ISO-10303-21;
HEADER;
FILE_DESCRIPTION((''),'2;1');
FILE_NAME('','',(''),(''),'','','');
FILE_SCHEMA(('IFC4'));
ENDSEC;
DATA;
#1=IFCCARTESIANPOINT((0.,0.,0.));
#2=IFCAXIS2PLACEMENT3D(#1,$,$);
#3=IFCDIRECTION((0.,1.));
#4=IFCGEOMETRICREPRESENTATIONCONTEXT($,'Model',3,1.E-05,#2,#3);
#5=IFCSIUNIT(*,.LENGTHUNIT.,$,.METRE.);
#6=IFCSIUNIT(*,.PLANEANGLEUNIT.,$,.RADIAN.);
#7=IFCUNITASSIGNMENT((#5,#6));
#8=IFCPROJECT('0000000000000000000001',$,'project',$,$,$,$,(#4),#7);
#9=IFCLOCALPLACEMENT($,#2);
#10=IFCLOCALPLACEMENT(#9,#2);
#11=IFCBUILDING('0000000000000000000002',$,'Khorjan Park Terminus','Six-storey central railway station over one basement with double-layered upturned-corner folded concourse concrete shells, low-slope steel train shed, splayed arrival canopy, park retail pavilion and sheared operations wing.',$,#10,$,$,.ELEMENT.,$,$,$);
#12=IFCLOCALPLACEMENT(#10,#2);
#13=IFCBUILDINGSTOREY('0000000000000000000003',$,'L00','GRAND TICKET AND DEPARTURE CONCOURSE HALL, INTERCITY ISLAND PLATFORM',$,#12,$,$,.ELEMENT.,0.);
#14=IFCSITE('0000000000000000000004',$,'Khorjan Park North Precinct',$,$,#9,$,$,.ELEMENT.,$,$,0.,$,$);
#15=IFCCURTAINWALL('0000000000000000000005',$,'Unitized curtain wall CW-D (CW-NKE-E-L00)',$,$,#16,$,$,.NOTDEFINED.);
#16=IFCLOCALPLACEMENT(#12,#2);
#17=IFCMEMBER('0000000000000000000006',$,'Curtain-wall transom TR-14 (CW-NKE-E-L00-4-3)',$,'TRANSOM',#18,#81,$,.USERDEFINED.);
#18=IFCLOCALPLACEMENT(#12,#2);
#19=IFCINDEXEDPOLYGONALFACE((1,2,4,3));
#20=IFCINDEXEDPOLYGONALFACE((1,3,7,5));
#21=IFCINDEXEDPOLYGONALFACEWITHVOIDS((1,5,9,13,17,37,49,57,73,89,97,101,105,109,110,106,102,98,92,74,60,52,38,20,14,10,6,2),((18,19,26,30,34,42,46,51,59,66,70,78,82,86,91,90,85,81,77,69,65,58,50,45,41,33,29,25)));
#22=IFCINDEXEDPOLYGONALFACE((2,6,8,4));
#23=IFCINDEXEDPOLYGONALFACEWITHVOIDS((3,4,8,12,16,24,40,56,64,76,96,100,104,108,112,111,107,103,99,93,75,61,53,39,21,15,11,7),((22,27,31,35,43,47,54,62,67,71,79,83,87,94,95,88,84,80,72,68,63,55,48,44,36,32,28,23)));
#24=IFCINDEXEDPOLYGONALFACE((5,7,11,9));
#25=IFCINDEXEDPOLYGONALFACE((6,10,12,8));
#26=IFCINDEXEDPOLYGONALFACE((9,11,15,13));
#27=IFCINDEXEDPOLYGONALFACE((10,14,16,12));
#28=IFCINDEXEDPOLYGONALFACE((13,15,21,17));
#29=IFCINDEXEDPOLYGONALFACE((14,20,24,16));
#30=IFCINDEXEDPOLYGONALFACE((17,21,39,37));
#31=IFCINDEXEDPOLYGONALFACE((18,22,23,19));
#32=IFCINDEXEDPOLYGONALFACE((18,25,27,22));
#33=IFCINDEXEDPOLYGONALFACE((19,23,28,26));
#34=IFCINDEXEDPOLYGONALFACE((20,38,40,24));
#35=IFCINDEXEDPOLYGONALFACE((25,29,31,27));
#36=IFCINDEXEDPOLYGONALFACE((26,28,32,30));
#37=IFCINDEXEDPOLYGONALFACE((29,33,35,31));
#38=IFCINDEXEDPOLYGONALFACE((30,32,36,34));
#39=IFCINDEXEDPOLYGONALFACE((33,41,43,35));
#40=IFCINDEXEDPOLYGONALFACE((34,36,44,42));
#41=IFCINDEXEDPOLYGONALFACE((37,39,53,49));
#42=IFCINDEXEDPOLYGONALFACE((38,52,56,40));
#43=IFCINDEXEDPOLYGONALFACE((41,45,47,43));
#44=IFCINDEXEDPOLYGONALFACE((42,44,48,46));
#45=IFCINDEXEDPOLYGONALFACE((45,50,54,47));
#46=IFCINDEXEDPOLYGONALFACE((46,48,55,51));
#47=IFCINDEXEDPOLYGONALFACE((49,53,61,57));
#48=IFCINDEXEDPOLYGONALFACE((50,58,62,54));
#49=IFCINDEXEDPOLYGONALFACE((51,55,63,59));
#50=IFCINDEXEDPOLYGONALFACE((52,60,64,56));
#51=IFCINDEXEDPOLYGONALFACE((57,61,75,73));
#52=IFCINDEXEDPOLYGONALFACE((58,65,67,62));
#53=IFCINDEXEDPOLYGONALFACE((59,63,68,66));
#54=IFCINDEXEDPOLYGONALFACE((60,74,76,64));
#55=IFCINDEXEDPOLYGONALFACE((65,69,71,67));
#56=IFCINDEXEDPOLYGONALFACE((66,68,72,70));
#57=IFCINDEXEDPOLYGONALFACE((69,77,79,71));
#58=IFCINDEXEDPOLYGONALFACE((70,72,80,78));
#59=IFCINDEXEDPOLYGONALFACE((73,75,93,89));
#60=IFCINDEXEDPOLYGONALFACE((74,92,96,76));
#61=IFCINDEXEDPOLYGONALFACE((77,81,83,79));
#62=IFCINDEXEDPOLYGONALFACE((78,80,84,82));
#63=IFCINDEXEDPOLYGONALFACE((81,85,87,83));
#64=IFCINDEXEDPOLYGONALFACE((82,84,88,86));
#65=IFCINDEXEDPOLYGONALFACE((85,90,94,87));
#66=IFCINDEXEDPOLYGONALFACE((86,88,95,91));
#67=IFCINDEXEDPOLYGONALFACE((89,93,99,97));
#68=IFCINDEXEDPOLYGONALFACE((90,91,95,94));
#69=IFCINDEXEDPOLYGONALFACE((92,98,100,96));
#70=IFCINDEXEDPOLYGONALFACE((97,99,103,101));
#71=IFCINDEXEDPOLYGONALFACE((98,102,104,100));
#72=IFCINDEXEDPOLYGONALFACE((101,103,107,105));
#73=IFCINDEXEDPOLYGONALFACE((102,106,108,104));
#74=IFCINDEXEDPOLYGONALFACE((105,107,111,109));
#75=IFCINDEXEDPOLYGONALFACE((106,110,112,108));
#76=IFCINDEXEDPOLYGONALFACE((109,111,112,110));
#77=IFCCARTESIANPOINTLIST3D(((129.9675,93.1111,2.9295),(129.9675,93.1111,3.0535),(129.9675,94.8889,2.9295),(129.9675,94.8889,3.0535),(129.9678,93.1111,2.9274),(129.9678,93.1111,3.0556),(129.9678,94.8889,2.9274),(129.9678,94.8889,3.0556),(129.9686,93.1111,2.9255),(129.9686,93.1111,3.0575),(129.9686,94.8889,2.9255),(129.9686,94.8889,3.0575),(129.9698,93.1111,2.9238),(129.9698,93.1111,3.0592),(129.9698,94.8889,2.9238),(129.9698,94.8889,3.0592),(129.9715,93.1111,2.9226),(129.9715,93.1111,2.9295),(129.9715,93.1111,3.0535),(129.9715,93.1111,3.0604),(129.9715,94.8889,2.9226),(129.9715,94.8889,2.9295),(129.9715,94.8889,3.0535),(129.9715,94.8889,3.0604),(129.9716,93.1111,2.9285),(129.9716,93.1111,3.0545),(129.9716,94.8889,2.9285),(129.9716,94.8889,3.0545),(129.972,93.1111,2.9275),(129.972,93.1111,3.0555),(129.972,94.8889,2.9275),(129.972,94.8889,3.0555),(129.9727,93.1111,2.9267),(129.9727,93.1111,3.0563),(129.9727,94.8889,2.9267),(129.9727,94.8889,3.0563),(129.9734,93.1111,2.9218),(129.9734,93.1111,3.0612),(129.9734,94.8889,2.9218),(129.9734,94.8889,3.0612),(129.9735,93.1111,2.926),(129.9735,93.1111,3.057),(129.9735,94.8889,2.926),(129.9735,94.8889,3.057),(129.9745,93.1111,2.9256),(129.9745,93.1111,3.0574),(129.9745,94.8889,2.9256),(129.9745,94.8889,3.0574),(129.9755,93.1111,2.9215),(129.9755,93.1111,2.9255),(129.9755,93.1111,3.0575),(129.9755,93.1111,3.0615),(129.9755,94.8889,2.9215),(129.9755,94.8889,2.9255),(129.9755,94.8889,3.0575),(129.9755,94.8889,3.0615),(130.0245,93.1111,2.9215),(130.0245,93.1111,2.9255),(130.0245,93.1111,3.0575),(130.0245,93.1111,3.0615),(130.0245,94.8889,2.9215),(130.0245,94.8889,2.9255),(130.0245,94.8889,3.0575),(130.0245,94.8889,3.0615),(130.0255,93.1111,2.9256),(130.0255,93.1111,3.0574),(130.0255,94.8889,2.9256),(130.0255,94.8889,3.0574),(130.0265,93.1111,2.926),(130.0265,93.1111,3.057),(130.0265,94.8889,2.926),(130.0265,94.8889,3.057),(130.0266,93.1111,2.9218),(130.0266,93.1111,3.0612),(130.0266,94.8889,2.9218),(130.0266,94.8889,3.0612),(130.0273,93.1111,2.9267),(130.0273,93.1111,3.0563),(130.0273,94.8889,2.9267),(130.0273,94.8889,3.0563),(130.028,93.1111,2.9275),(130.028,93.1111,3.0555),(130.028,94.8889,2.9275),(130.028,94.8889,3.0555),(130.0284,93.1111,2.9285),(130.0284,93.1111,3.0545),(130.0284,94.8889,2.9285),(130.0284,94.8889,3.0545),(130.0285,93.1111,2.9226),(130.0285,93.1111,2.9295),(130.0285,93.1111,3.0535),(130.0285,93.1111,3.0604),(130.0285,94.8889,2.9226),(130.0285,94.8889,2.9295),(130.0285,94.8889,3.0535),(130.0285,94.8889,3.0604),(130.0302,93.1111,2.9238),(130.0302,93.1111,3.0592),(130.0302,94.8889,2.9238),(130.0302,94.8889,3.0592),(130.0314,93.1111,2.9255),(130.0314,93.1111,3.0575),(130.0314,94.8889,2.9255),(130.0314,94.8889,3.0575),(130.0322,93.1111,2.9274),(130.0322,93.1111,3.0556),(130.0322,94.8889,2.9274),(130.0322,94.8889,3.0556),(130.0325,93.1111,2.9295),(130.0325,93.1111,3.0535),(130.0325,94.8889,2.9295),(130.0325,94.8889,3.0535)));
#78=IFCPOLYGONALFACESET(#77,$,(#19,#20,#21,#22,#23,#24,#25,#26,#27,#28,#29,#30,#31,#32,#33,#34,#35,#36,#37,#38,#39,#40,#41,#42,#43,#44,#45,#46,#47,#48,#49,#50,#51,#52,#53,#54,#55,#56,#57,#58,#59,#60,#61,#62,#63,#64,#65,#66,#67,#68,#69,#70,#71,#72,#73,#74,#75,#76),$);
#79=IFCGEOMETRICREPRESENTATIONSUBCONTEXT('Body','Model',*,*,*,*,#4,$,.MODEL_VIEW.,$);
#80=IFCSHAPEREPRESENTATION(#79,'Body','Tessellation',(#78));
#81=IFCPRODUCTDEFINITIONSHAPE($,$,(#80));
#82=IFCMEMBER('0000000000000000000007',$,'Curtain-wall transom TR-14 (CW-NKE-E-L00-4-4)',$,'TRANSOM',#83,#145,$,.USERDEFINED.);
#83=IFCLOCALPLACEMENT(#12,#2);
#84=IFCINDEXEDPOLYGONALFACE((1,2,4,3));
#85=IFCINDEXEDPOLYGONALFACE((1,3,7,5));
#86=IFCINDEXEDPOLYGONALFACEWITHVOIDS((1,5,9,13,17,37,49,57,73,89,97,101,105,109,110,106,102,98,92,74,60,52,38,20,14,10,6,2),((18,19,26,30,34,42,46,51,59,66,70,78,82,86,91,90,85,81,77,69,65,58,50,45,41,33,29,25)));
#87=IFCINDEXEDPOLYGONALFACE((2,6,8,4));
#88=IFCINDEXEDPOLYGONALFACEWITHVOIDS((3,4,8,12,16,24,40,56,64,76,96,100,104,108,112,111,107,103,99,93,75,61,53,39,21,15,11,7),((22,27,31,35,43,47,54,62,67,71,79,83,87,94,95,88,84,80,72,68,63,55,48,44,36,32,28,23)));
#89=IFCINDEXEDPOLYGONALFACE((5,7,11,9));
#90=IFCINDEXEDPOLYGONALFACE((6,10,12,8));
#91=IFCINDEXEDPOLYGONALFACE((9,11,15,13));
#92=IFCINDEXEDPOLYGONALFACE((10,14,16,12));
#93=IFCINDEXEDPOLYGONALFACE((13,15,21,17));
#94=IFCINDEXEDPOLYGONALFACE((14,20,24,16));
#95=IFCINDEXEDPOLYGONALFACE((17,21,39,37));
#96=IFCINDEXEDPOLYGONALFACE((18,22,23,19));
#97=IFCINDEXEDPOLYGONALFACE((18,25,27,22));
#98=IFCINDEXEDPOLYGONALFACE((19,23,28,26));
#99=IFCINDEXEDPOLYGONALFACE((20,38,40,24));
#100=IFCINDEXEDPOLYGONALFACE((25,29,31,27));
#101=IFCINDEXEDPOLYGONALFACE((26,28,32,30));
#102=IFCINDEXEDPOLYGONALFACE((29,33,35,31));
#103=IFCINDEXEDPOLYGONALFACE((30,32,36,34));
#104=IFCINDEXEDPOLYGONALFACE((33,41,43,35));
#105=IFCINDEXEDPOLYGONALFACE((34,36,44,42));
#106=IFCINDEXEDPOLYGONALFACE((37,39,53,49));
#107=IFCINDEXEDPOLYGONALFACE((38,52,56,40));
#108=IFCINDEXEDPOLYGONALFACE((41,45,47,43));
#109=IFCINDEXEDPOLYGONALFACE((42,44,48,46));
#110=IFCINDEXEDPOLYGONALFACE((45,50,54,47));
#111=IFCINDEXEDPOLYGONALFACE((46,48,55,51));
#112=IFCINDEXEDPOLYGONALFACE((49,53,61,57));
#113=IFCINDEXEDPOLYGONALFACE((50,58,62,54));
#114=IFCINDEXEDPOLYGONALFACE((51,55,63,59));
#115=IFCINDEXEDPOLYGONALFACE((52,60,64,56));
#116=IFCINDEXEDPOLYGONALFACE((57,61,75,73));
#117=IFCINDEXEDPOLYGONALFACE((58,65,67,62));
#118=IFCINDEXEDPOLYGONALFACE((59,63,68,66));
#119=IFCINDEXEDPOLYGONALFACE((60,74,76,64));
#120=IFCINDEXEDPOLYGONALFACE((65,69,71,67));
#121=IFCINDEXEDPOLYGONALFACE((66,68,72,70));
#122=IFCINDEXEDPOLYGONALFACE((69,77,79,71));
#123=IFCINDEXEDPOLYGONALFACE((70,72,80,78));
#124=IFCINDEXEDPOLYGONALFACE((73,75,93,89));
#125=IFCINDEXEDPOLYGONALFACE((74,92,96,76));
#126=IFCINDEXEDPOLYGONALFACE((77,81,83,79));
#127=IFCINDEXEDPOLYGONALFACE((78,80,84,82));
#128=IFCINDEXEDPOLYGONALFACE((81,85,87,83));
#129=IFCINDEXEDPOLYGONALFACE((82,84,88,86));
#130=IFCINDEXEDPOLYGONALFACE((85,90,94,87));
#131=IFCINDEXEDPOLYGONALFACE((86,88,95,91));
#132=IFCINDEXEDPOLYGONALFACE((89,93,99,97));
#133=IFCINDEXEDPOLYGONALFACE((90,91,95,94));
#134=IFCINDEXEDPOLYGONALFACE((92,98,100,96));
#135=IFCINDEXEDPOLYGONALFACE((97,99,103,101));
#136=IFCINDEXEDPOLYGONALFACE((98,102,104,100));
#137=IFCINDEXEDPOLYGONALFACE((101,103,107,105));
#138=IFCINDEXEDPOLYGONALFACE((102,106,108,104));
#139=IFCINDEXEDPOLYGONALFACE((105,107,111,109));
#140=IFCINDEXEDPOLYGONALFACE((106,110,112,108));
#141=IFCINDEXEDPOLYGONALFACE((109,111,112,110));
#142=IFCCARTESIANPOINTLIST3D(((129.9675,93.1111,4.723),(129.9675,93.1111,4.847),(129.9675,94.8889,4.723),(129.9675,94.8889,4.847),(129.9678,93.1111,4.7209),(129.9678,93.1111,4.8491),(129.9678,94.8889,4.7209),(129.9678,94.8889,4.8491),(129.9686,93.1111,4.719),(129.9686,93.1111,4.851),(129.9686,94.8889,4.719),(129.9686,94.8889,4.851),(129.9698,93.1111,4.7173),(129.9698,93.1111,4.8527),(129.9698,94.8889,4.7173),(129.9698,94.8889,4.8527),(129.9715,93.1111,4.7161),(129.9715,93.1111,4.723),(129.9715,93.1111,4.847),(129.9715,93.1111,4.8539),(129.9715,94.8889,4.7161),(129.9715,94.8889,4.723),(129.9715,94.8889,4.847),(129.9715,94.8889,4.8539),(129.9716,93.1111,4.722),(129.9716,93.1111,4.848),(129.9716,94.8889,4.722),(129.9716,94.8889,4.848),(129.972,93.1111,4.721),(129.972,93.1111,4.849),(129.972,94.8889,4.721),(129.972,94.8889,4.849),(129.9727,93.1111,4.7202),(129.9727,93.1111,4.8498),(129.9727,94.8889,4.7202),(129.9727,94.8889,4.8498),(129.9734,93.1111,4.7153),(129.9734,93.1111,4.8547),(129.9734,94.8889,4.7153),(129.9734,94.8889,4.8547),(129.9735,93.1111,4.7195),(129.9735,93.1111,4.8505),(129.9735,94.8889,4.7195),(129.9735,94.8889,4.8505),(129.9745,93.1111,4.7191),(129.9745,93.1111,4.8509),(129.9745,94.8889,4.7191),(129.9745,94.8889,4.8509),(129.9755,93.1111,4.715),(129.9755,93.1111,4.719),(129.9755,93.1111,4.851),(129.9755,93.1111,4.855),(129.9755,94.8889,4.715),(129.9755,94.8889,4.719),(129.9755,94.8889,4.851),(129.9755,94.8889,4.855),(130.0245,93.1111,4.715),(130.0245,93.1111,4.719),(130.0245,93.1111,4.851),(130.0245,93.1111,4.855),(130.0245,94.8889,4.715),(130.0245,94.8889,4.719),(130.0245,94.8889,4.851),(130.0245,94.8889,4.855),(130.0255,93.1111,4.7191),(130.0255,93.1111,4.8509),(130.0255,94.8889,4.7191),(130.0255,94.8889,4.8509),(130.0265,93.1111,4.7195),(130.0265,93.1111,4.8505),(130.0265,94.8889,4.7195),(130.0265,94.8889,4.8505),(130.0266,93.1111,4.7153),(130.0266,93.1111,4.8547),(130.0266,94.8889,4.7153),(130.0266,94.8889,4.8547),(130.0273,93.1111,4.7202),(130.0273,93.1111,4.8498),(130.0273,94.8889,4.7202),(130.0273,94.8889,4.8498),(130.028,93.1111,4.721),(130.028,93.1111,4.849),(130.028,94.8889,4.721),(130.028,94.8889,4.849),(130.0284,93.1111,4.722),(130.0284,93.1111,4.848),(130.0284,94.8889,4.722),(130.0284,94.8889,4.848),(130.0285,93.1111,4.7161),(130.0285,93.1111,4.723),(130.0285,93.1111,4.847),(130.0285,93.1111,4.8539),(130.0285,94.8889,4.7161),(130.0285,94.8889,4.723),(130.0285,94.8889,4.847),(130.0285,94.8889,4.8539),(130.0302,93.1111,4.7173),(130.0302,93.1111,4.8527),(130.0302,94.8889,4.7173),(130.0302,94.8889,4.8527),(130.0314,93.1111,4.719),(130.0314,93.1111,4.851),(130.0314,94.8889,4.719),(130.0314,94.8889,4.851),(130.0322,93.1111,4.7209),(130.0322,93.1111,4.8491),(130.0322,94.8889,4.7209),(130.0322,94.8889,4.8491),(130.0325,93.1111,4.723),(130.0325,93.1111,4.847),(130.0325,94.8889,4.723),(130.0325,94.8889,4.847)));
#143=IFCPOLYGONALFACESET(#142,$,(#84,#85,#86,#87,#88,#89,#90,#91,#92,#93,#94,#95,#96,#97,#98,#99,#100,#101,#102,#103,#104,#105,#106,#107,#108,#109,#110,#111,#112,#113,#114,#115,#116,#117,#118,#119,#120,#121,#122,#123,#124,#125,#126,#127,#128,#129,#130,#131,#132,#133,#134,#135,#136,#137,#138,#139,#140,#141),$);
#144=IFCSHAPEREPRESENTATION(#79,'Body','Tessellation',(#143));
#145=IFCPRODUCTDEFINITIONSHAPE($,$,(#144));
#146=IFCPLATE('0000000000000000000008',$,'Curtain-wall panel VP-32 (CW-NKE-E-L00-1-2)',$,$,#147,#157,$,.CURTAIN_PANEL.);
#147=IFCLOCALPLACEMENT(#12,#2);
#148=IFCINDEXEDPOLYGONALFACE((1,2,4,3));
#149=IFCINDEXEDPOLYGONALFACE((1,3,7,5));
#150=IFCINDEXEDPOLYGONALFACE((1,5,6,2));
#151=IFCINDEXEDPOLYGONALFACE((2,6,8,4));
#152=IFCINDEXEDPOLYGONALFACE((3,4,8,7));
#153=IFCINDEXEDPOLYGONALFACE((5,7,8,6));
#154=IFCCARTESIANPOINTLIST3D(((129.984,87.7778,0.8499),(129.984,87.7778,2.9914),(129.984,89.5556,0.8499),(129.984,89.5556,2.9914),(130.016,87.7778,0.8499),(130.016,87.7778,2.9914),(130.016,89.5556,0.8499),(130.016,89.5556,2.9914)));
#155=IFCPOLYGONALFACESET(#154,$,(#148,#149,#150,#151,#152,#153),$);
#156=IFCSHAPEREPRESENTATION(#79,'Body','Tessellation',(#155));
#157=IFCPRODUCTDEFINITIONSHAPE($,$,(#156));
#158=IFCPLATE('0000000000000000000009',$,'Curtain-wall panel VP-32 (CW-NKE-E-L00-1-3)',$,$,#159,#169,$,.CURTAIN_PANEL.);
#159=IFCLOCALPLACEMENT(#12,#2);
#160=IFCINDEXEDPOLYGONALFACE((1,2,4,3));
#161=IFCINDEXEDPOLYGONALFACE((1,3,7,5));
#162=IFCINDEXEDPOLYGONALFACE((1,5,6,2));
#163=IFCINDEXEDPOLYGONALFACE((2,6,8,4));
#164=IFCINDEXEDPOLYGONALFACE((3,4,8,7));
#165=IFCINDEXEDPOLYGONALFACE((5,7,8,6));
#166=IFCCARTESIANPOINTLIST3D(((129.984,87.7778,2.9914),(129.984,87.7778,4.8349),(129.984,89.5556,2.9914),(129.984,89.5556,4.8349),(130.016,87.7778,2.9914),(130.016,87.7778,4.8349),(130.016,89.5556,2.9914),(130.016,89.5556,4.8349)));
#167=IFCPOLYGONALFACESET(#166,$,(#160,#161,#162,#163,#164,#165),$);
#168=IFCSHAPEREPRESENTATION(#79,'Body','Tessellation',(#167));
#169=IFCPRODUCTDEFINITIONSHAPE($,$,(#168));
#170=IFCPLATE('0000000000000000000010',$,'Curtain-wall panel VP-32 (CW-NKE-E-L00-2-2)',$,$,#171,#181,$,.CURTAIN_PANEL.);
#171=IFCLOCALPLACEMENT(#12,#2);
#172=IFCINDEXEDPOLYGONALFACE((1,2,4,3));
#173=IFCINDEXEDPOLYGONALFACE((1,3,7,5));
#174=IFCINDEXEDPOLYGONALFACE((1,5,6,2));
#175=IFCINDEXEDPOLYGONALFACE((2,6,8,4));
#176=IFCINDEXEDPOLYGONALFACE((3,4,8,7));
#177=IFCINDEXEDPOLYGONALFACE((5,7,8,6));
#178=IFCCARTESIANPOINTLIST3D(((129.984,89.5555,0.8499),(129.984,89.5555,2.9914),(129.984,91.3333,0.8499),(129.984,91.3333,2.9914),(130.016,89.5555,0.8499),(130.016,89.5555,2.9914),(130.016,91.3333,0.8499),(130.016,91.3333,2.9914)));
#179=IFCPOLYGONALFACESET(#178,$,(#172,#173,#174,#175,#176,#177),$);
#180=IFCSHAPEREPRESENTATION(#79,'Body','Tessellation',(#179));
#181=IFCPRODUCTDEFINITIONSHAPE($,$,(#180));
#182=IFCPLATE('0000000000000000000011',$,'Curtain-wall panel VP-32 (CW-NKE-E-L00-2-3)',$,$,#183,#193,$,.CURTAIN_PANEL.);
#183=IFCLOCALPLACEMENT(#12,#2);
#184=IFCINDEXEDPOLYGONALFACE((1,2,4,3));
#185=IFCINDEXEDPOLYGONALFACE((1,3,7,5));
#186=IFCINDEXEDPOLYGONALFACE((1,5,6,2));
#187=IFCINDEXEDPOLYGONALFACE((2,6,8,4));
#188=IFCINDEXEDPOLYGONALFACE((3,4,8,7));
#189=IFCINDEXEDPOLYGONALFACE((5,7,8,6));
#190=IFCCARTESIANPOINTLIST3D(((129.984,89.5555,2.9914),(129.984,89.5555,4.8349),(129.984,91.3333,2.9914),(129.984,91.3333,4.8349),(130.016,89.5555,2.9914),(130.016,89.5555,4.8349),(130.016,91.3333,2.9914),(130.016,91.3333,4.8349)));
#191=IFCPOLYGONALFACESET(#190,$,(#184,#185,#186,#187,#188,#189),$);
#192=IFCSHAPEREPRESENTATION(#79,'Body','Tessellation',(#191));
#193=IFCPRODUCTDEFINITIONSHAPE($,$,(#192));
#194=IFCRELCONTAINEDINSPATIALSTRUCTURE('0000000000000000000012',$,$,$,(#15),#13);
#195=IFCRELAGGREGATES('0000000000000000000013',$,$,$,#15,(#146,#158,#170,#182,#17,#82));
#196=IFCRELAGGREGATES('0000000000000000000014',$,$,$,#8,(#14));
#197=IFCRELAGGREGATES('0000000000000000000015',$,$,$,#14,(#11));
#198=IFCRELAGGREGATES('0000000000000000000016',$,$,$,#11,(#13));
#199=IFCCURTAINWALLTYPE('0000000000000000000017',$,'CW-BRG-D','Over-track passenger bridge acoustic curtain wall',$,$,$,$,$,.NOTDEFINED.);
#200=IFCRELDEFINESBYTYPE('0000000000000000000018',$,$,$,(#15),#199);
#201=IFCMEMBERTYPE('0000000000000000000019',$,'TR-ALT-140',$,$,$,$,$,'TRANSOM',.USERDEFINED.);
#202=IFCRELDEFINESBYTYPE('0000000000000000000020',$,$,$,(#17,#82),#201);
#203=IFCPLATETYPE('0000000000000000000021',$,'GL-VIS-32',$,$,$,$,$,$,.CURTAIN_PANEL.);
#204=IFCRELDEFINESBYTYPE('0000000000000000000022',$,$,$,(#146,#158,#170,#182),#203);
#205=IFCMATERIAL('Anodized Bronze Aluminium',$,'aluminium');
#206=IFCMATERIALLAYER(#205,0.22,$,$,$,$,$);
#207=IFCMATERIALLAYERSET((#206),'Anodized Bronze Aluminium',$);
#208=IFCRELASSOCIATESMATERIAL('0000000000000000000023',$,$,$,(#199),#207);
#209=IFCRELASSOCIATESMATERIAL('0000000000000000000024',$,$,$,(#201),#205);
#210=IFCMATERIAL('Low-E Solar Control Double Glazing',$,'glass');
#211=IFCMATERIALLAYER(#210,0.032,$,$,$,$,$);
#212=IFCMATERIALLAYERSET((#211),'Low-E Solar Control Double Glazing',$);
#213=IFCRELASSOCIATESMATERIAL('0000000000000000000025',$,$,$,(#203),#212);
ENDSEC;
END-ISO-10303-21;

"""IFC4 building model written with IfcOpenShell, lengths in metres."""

from ifc_helpers import new_model, si_unit, direction, frame, origin, origin_2d, place, context, subcontext, project, spatial, rectangle, hollow_rectangle, extrude, material, layer, layer_set, material_profile, profile_set, type_object, element, aggregate, save


model = new_model("IFC4")

# Units and contexts
model_context = context("Model", 3, precision=1e-05, world=origin(), true_north=direction((0.0, 1.0)))
body_context = subcontext(model_context, "Body", "Model", "MODEL_VIEW")
ifc_project = project(units=[si_unit("LENGTHUNIT", "METRE"), si_unit("PLANEANGLEUNIT", "RADIAN")], contexts=[model_context])

# Site, building, storey
site_placement = place(None, origin())
site = spatial("IfcSite", under=ifc_project, at=site_placement, Name="Khorjan Park North Precinct", CompositionType="ELEMENT", RefElevation=0.0)
building_placement = place(site_placement, origin())
building = spatial("IfcBuilding", under=site, at=building_placement, Name="Khorjan Park Terminus", Description="Six-storey central railway station over one basement with double-layered upturned-corner folded concourse concrete shells, low-slope steel train shed, splayed arrival canopy, park retail pavilion and sheared operations wing.", CompositionType="ELEMENT")
storey_placement = place(building_placement, origin())
storey = spatial("IfcBuildingStorey", under=building, at=storey_placement, Name="L00", Description="GRAND TICKET AND DEPARTURE CONCOURSE HALL, INTERCITY ISLAND PLATFORM", CompositionType="ELEMENT", Elevation=0.0)

# Curtain wall, members, plates
ifc_material_1 = material(Name="Anodized Bronze Aluminium", Category="aluminium")
ifc_layer_1 = layer(ifc_material_1, 0.22)
ifc_layer_set_1 = layer_set([ifc_layer_1], Name="Anodized Bronze Aluminium")
curtain_wall_type = type_object("IfcCurtainWallType", Name="CW-BRG-D", Description="Over-track passenger bridge acoustic curtain wall", PredefinedType="NOTDEFINED", material=ifc_layer_set_1)
curtain_wall_placement = place(storey_placement, origin())
curtain_wall = element("IfcCurtainWall", 1, at=curtain_wall_placement, inside=storey, type_object=curtain_wall_type, Name="Unitized curtain wall CW-D (CW-NKE-E-L00)", PredefinedType="NOTDEFINED")
ifc_material_profile_1 = material_profile(ifc_material_1, hollow_rectangle(XDim=0.065, YDim=0.14, WallThickness=0.004, InnerFilletRadius=0.004, OuterFilletRadius=0.008, at=origin_2d()), Name="ALT 65x140x4")
ifc_profile_set_1 = profile_set([ifc_material_profile_1], Name="Anodized Bronze Aluminium")
member_type_1 = type_object("IfcMemberType", Name="TR-ALT-140", ElementType="TRANSOM", PredefinedType="USERDEFINED", material=ifc_profile_set_1)
member_1_placement = place(storey_placement, frame((130.0, 93.1111, 2.9915), z_axis=(0.0, 1.0, 0.0), x_axis=(-1.0, 0.0, 0.0)))
member_1 = element("IfcMember", 2, at=member_1_placement, type_object=member_type_1, Name="Curtain-wall transom TR-14 (CW-NKE-E-L00-4-3)", ObjectType="TRANSOM", PredefinedType="USERDEFINED", context=body_context, shape_type="SweptSolid", body=[
    extrude(hollow_rectangle(XDim=0.065, YDim=0.14, WallThickness=0.004, InnerFilletRadius=0.004, OuterFilletRadius=0.008, at=origin_2d()), origin(), (0.0, 0.0, 1.0), 1.7778),
])
member_2_placement = place(storey_placement, frame((130.0, 93.1111, 4.785), z_axis=(0.0, 1.0, 0.0), x_axis=(-1.0, 0.0, 0.0)))
member_2 = element("IfcMember", 3, at=member_2_placement, type_object=member_type_1, Name="Curtain-wall transom TR-14 (CW-NKE-E-L00-4-4)", ObjectType="TRANSOM", PredefinedType="USERDEFINED", context=body_context, shape_type="SweptSolid", body=[
    extrude(hollow_rectangle(XDim=0.065, YDim=0.14, WallThickness=0.004, InnerFilletRadius=0.004, OuterFilletRadius=0.008, at=origin_2d()), origin(), (0.0, 0.0, 1.0), 1.7778),
])
ifc_material_2 = material(Name="Low-E Solar Control Double Glazing", Category="glass")
ifc_layer_2 = layer(ifc_material_2, 0.032)
ifc_layer_set_2 = layer_set([ifc_layer_2], Name="Low-E Solar Control Double Glazing")
plate_type_1 = type_object("IfcPlateType", Name="GL-VIS-32", PredefinedType="CURTAIN_PANEL", material=ifc_layer_set_2)
plate_1_placement = place(storey_placement, frame((130.0, 88.6667, 0.8499), z_axis=(0.0, 0.0, 1.0), x_axis=(0.0, 1.0, 0.0)))
plate_1 = element("IfcPlate", 4, at=plate_1_placement, type_object=plate_type_1, Name="Curtain-wall panel VP-32 (CW-NKE-E-L00-1-2)", PredefinedType="CURTAIN_PANEL", context=body_context, shape_type="SweptSolid", body=[
    extrude(rectangle(XDim=1.7778, YDim=0.032, at=origin_2d()), origin(), (0.0, 0.0, 1.0), 2.1415),
])
plate_2_placement = place(storey_placement, frame((130.0, 88.6667, 2.9914), z_axis=(0.0, 0.0, 1.0), x_axis=(0.0, 1.0, 0.0)))
plate_2 = element("IfcPlate", 5, at=plate_2_placement, type_object=plate_type_1, Name="Curtain-wall panel VP-32 (CW-NKE-E-L00-1-3)", PredefinedType="CURTAIN_PANEL", context=body_context, shape_type="SweptSolid", body=[
    extrude(rectangle(XDim=1.7778, YDim=0.032, at=origin_2d()), origin(), (0.0, 0.0, 1.0), 1.8435),
])
plate_3_placement = place(storey_placement, frame((130.0, 90.4444, 0.8499), z_axis=(0.0, 0.0, 1.0), x_axis=(0.0, 1.0, 0.0)))
plate_3 = element("IfcPlate", 6, at=plate_3_placement, type_object=plate_type_1, Name="Curtain-wall panel VP-32 (CW-NKE-E-L00-2-2)", PredefinedType="CURTAIN_PANEL", context=body_context, shape_type="SweptSolid", body=[
    extrude(rectangle(XDim=1.7778, YDim=0.032, at=origin_2d()), origin(), (0.0, 0.0, 1.0), 2.1415),
])
plate_4_placement = place(storey_placement, frame((130.0, 90.4444, 2.9914), z_axis=(0.0, 0.0, 1.0), x_axis=(0.0, 1.0, 0.0)))
plate_4 = element("IfcPlate", 7, at=plate_4_placement, type_object=plate_type_1, Name="Curtain-wall panel VP-32 (CW-NKE-E-L00-2-3)", PredefinedType="CURTAIN_PANEL", context=body_context, shape_type="SweptSolid", body=[
    extrude(rectangle(XDim=1.7778, YDim=0.032, at=origin_2d()), origin(), (0.0, 0.0, 1.0), 1.8435),
])
aggregate(curtain_wall, [plate_1, plate_2, plate_3, plate_4, member_1, member_2])

save(model, "model.ifc")
